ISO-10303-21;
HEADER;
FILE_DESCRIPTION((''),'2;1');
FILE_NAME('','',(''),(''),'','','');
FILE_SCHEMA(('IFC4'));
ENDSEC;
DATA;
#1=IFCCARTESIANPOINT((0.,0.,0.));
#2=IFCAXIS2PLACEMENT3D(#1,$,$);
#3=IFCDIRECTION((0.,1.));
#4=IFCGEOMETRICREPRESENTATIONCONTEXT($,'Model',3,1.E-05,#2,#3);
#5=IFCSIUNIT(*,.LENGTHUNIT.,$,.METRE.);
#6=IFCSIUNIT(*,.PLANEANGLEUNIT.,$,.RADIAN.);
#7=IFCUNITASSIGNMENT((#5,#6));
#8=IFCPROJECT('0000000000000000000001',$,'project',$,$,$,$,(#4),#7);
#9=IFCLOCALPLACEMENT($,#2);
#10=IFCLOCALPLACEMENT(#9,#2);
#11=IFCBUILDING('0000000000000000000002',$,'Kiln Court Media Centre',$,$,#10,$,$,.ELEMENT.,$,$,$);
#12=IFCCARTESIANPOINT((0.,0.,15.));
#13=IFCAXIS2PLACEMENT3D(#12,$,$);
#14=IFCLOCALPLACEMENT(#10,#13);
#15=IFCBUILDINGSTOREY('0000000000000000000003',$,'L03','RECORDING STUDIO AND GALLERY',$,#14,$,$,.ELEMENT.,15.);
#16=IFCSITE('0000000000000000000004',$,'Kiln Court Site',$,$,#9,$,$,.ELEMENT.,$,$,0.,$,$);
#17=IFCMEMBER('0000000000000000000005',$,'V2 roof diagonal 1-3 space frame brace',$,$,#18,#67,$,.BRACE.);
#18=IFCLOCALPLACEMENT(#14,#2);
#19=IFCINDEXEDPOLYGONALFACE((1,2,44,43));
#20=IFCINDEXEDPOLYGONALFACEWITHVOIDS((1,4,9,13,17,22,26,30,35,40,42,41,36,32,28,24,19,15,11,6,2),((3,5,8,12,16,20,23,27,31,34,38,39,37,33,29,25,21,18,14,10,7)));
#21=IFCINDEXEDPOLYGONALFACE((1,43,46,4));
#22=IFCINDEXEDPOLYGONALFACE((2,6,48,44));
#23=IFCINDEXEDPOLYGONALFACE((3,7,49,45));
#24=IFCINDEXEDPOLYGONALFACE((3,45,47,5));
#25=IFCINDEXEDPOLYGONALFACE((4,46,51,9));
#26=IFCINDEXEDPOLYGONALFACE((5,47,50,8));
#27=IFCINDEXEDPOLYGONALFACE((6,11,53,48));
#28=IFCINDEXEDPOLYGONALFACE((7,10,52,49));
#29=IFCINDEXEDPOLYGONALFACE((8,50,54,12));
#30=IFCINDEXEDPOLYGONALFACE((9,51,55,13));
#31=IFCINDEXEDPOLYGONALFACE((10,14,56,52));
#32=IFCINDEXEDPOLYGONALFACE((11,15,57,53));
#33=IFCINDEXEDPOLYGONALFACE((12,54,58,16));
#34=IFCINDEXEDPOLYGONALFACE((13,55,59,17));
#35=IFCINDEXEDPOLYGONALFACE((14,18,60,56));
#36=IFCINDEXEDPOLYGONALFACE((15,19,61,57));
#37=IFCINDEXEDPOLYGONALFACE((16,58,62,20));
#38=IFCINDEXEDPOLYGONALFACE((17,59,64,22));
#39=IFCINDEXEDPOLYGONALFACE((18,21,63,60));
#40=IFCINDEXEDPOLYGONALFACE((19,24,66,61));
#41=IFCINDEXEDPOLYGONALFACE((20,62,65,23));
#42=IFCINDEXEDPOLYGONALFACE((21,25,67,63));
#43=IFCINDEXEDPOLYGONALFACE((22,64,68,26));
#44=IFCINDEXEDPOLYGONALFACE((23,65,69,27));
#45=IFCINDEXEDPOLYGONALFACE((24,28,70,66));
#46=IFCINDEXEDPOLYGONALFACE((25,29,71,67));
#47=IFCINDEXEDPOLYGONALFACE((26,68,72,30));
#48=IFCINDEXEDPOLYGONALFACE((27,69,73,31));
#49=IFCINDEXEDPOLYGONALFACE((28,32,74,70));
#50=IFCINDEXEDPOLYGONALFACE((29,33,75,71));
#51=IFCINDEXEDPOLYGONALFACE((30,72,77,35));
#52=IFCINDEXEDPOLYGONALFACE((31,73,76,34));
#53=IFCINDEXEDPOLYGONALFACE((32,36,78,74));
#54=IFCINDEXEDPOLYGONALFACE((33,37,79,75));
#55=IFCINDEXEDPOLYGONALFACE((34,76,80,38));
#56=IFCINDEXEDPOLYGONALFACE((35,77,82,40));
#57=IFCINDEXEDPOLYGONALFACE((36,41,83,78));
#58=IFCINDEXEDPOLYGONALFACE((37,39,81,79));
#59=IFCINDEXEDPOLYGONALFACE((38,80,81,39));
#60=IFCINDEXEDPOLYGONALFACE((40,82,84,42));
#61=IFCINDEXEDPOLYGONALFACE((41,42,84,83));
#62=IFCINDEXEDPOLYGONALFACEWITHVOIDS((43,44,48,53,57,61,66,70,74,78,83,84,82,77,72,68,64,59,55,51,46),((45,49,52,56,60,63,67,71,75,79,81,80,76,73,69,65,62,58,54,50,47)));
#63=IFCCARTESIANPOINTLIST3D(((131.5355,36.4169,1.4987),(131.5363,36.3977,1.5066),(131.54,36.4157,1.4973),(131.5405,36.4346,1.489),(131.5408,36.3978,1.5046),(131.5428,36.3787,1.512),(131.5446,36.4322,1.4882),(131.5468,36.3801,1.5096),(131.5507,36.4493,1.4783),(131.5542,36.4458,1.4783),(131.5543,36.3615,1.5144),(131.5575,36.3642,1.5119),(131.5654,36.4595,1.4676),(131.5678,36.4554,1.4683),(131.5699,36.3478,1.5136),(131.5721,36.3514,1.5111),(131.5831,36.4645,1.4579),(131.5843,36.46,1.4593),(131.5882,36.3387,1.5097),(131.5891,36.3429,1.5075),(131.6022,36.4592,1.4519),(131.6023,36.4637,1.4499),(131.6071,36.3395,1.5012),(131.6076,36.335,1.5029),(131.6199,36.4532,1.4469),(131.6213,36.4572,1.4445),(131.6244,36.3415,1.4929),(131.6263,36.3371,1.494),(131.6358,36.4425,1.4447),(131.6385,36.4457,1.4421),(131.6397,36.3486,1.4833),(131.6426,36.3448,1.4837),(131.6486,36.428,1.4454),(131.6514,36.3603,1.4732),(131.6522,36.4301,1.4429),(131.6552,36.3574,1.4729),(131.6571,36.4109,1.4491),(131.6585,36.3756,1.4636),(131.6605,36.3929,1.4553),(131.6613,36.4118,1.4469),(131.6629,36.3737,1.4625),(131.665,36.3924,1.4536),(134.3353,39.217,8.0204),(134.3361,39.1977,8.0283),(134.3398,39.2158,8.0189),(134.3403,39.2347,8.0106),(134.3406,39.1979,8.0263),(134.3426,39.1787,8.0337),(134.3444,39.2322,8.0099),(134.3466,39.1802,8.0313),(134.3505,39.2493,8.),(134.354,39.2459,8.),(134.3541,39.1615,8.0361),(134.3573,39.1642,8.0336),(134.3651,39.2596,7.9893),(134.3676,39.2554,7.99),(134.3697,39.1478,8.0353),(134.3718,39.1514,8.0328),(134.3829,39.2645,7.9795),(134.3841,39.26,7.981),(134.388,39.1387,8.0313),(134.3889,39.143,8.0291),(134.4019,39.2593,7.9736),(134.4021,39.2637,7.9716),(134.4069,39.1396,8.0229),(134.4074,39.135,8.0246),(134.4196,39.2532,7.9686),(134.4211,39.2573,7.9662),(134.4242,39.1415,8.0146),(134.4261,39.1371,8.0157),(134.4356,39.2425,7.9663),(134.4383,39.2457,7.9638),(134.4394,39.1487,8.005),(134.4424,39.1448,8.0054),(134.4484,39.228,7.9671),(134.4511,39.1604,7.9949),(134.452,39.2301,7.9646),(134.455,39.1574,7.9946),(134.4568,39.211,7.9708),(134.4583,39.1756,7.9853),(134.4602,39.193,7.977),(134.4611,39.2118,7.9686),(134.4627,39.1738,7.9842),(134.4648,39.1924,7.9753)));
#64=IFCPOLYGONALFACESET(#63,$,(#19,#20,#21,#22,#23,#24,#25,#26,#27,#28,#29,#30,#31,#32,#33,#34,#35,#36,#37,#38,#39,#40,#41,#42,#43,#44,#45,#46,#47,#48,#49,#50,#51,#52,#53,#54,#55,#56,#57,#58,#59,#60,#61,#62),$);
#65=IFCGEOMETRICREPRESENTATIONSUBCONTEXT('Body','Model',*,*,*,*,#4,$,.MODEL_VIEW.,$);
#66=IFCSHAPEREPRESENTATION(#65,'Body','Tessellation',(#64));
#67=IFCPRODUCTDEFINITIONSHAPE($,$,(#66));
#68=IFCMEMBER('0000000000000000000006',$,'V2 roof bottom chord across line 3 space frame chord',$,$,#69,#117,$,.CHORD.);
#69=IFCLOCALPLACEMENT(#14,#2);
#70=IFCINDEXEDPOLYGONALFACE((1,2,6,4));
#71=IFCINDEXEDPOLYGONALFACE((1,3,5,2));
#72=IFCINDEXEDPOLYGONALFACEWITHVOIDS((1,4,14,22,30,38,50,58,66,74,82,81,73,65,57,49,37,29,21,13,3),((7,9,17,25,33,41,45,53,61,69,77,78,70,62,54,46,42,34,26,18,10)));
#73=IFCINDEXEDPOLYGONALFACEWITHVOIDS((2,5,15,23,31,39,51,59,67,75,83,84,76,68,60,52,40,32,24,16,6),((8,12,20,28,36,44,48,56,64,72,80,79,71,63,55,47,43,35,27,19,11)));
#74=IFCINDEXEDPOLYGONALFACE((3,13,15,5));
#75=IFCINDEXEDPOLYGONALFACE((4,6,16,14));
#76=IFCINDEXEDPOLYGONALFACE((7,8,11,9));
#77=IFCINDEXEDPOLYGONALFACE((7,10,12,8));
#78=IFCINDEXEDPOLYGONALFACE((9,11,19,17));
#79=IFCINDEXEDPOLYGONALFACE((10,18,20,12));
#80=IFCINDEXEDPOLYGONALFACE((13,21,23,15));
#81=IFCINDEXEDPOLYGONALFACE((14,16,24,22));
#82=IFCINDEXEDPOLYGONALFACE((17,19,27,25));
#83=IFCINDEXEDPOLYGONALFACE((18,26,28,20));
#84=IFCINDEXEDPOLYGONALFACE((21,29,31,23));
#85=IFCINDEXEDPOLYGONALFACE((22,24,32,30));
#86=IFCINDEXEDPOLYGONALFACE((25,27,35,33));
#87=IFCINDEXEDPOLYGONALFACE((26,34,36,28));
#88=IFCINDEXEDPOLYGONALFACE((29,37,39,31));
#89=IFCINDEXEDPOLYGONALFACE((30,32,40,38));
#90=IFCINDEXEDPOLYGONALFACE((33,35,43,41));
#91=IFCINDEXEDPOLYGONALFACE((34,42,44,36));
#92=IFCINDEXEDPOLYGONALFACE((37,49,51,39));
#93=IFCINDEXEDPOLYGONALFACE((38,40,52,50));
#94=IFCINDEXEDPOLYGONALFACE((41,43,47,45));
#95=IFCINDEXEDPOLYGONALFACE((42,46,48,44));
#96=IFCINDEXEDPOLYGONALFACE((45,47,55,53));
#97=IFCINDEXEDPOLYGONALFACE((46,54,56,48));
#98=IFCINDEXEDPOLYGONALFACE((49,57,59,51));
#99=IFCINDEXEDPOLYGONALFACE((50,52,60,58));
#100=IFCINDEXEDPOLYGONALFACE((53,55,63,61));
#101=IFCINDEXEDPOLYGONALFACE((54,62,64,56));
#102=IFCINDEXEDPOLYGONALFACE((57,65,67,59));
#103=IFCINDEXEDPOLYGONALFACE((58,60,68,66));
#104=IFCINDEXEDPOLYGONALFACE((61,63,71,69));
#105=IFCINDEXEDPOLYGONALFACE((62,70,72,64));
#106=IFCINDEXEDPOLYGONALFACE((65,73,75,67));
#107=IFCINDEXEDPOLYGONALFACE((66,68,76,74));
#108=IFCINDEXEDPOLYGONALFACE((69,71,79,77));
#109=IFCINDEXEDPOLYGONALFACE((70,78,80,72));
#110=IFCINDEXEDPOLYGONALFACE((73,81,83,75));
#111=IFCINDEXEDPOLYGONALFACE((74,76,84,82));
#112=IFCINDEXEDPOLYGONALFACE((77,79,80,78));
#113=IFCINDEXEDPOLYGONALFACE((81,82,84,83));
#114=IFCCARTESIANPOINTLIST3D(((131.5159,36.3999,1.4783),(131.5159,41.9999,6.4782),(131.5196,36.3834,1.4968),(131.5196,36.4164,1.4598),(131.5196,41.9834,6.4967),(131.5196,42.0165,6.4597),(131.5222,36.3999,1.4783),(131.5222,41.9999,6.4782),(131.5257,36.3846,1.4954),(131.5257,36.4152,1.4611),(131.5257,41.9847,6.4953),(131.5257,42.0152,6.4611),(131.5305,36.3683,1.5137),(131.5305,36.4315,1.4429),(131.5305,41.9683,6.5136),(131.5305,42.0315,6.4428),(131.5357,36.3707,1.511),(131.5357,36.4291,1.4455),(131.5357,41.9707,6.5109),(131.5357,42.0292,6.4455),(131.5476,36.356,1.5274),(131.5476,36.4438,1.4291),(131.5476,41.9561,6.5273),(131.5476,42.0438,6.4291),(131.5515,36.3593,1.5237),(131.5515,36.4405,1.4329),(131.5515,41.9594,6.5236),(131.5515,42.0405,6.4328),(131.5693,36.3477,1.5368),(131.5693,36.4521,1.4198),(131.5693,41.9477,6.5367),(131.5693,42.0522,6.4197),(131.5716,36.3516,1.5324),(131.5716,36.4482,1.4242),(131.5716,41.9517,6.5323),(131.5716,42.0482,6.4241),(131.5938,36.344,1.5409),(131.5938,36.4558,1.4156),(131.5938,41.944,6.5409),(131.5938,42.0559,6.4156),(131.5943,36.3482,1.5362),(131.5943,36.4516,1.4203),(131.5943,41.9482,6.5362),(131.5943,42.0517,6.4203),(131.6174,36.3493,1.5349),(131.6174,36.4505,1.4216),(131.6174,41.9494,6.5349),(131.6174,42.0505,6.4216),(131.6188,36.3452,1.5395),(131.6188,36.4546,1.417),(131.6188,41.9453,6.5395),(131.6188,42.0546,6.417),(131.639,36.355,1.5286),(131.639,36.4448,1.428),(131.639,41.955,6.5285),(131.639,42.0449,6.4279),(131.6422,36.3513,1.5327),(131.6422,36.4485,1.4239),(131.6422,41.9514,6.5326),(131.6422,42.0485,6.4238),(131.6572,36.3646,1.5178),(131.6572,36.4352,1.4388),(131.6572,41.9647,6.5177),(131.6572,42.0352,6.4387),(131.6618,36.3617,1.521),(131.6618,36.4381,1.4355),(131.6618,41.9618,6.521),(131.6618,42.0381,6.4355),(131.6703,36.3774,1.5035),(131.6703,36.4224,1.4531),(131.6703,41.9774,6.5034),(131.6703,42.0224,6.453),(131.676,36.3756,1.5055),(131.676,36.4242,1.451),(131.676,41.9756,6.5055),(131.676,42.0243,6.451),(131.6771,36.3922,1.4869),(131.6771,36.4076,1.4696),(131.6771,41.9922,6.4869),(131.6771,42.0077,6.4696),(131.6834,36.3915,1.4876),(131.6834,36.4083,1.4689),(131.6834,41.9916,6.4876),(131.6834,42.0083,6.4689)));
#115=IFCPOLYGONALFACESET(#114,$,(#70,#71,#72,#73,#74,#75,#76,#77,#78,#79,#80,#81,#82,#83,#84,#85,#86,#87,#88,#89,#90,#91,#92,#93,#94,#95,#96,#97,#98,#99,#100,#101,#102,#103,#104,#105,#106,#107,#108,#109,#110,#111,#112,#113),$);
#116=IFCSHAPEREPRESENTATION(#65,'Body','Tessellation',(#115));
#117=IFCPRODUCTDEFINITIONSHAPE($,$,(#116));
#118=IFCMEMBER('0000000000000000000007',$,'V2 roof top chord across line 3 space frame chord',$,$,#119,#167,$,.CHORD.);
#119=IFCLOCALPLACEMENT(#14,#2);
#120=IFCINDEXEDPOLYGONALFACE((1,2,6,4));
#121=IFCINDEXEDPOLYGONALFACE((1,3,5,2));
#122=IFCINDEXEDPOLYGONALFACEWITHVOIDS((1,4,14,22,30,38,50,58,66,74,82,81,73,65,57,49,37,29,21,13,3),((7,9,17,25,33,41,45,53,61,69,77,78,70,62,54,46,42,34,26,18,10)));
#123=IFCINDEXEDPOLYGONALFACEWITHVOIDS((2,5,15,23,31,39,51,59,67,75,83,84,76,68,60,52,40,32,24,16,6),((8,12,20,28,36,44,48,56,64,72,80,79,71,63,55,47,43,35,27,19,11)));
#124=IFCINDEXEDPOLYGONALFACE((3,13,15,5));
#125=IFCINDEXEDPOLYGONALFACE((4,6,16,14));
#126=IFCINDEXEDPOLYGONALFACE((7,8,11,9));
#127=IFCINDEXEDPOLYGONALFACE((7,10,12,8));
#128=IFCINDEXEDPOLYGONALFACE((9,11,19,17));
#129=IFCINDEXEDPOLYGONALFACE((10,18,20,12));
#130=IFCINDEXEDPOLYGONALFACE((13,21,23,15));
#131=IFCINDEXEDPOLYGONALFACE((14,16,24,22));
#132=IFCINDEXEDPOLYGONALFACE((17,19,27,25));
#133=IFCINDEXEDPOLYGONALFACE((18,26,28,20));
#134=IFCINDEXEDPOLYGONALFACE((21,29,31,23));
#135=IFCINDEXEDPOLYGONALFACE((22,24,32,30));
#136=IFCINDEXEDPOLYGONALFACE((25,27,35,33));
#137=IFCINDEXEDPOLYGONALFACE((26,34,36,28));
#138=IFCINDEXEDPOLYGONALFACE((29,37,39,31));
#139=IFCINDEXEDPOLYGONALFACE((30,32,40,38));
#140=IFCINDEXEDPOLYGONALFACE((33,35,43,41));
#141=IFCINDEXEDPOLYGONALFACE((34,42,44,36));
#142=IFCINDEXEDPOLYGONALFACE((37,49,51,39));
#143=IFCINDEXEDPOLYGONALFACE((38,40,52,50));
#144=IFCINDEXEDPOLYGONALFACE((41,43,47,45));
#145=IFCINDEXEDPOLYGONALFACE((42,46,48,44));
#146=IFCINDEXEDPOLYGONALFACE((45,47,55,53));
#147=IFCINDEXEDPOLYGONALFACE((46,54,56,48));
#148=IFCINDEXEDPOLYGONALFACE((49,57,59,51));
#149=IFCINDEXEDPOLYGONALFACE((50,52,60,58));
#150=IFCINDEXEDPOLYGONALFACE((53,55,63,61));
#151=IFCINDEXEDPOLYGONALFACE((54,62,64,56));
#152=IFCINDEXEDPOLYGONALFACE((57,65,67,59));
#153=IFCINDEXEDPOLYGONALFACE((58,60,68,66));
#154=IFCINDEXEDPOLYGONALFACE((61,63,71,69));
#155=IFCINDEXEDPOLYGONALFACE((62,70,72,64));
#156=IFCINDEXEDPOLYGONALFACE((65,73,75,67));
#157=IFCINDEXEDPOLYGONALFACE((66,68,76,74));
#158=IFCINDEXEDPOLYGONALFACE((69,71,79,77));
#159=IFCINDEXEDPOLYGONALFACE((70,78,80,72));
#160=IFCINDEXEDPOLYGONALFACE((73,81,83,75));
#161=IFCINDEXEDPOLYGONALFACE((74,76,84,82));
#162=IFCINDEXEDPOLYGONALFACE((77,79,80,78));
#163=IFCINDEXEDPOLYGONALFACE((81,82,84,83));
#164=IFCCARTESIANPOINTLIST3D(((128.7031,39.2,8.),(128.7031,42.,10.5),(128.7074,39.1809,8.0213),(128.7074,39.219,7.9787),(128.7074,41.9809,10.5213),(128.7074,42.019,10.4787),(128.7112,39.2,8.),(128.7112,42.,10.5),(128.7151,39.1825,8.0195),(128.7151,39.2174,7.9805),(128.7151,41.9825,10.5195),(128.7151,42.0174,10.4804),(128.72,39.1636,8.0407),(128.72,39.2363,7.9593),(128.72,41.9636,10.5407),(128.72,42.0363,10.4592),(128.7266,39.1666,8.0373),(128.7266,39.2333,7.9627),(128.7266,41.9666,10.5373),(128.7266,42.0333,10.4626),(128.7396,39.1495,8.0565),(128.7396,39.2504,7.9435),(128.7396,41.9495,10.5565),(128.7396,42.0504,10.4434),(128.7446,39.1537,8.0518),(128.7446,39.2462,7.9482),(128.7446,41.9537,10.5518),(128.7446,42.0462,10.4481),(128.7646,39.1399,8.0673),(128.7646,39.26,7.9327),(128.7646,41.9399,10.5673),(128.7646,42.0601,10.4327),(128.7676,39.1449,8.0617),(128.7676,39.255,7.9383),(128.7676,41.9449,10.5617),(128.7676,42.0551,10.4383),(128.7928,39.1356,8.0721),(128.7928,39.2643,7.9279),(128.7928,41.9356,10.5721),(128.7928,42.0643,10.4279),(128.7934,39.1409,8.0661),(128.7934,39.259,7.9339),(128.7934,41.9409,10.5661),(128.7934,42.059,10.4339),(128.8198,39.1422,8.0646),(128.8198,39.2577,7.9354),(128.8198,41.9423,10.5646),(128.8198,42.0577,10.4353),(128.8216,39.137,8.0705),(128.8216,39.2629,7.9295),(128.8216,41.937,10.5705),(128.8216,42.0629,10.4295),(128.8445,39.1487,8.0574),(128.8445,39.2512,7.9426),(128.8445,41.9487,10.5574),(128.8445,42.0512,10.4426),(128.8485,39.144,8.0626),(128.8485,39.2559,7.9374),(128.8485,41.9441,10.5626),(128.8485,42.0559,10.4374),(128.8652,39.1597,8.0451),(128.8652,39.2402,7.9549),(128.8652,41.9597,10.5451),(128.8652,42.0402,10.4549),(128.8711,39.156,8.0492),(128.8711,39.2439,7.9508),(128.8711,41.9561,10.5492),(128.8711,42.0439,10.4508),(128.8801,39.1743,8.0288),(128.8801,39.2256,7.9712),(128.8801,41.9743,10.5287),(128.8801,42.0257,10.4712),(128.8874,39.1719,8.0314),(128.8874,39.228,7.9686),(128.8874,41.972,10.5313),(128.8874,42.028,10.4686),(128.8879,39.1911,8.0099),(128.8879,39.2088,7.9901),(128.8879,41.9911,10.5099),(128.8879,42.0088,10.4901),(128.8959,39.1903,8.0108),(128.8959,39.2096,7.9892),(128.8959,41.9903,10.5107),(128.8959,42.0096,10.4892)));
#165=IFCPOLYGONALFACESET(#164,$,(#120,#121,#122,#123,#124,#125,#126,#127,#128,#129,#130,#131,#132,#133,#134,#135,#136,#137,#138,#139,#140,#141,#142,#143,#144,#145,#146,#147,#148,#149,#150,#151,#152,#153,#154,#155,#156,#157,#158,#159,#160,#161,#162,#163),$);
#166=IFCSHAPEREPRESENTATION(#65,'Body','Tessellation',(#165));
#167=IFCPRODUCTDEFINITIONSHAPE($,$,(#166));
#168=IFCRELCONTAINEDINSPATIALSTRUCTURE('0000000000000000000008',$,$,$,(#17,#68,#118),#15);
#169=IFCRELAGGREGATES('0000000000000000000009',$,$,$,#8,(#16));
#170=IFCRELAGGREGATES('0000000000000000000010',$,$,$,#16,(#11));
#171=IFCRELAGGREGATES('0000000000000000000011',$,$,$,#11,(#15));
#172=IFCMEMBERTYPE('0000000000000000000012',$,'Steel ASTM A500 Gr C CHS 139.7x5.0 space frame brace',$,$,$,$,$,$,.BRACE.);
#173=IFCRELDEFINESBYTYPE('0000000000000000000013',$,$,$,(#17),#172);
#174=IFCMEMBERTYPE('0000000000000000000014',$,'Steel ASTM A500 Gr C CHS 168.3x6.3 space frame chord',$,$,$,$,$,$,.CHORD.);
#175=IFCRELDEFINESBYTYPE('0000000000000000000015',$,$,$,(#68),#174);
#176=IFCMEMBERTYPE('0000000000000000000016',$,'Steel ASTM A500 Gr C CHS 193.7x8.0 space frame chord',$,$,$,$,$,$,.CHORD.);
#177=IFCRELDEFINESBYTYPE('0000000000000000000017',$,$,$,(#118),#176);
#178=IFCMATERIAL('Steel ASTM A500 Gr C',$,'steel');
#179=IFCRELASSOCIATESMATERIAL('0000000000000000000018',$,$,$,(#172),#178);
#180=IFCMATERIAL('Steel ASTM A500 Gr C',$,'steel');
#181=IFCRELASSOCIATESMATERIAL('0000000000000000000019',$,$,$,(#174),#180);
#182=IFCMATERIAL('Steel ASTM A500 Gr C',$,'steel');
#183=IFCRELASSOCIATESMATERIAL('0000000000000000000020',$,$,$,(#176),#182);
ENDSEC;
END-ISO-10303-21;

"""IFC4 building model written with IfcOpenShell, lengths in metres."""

from ifc_helpers import new_model, si_unit, direction, frame, origin, origin_2d, place, context, subcontext, project, spatial, hollow_circle, extrude, material, material_profile, profile_set, type_object, element, save


model = new_model("IFC4")

# Units and contexts
model_context = context("Model", 3, precision=1e-05, world=origin(), true_north=direction((0.0, 1.0)))
body_context = subcontext(model_context, "Body", "Model", "MODEL_VIEW")
ifc_project = project(units=[si_unit("LENGTHUNIT", "METRE"), si_unit("PLANEANGLEUNIT", "RADIAN")], contexts=[model_context])

# Site, building, storey
site_placement = place(None, origin())
site = spatial("IfcSite", under=ifc_project, at=site_placement, Name="Kiln Court Site", CompositionType="ELEMENT", RefElevation=0.0)
building_placement = place(site_placement, origin())
building = spatial("IfcBuilding", under=site, at=building_placement, Name="Kiln Court Media Centre", CompositionType="ELEMENT")
storey_placement = place(building_placement, frame((0.0, 0.0, 15.0)))
storey = spatial("IfcBuildingStorey", under=building, at=storey_placement, Name="L03", Description="RECORDING STUDIO AND GALLERY", CompositionType="ELEMENT", Elevation=15.0)

# Members
ifc_material_1 = material(Name="Steel ASTM A500 Gr C", Category="steel")
ifc_material_profile_1 = material_profile(ifc_material_1, hollow_circle(Radius=0.0698, WallThickness=0.0049, at=origin_2d()), Name="CHS 139.7x5.0")
ifc_profile_set_1 = profile_set([ifc_material_profile_1], Name="Steel ASTM A500 Gr C")
member_type_1 = type_object("IfcMemberType", Name="Steel ASTM A500 Gr C CHS 139.7x5.0 space frame brace", PredefinedType="BRACE", material=ifc_profile_set_1)
member_1_placement = place(storey_placement, frame((131.6001, 36.3999, 1.4783), z_axis=(0.366962, 0.366994, 0.854783), x_axis=(-0.707138, 0.707076, 0.0)))
element("IfcMember", 1, at=member_1_placement, inside=storey, type_object=member_type_1, Name="V2 roof diagonal 1-3 space frame brace", PredefinedType="BRACE", context=body_context, shape_type="SweptSolid", body=[
    extrude(hollow_circle(Radius=0.0698, WallThickness=0.0049, at=origin_2d()), origin(), (0.0, 0.0, 1.0), 7.6296),
])
ifc_material_2 = material(Name="Steel ASTM A500 Gr C", Category="steel")
ifc_material_profile_2 = material_profile(ifc_material_2, hollow_circle(Radius=0.0842, WallThickness=0.0063, at=origin_2d()), Name="CHS 168.3x6.3")
ifc_profile_set_2 = profile_set([ifc_material_profile_2], Name="Steel ASTM A500 Gr C")
member_type_2 = type_object("IfcMemberType", Name="Steel ASTM A500 Gr C CHS 168.3x6.3 space frame chord", PredefinedType="CHORD", material=ifc_profile_set_2)
member_2_placement = place(storey_placement, frame((131.6001, 36.3999, 1.4783), z_axis=(0.0, 0.745943, 0.666009), x_axis=(-1.0, 0.0, 0.0)))
element("IfcMember", 2, at=member_2_placement, inside=storey, type_object=member_type_2, Name="V2 roof bottom chord across line 3 space frame chord", PredefinedType="CHORD", context=body_context, shape_type="SweptSolid", body=[
    extrude(hollow_circle(Radius=0.0842, WallThickness=0.0063, at=origin_2d()), origin(), (0.0, 0.0, 1.0), 7.5073),
])
ifc_material_3 = material(Name="Steel ASTM A500 Gr C", Category="steel")
ifc_material_profile_3 = material_profile(ifc_material_3, hollow_circle(Radius=0.0969, WallThickness=0.0081, at=origin_2d()), Name="CHS 193.7x8.0")
ifc_profile_set_3 = profile_set([ifc_material_profile_3], Name="Steel ASTM A500 Gr C")
member_type_3 = type_object("IfcMemberType", Name="Steel ASTM A500 Gr C CHS 193.7x8.0 space frame chord", PredefinedType="CHORD", material=ifc_profile_set_3)
member_3_placement = place(storey_placement, frame((128.8, 39.2, 8.0), z_axis=(0.0, 0.745943, 0.666009), x_axis=(-1.0, 0.0, 0.0)))
element("IfcMember", 3, at=member_3_placement, inside=storey, type_object=member_type_3, Name="V2 roof top chord across line 3 space frame chord", PredefinedType="CHORD", context=body_context, shape_type="SweptSolid", body=[
    extrude(hollow_circle(Radius=0.0969, WallThickness=0.0081, at=origin_2d()), origin(), (0.0, 0.0, 1.0), 3.7537),
])

save(model, "model.ifc")
